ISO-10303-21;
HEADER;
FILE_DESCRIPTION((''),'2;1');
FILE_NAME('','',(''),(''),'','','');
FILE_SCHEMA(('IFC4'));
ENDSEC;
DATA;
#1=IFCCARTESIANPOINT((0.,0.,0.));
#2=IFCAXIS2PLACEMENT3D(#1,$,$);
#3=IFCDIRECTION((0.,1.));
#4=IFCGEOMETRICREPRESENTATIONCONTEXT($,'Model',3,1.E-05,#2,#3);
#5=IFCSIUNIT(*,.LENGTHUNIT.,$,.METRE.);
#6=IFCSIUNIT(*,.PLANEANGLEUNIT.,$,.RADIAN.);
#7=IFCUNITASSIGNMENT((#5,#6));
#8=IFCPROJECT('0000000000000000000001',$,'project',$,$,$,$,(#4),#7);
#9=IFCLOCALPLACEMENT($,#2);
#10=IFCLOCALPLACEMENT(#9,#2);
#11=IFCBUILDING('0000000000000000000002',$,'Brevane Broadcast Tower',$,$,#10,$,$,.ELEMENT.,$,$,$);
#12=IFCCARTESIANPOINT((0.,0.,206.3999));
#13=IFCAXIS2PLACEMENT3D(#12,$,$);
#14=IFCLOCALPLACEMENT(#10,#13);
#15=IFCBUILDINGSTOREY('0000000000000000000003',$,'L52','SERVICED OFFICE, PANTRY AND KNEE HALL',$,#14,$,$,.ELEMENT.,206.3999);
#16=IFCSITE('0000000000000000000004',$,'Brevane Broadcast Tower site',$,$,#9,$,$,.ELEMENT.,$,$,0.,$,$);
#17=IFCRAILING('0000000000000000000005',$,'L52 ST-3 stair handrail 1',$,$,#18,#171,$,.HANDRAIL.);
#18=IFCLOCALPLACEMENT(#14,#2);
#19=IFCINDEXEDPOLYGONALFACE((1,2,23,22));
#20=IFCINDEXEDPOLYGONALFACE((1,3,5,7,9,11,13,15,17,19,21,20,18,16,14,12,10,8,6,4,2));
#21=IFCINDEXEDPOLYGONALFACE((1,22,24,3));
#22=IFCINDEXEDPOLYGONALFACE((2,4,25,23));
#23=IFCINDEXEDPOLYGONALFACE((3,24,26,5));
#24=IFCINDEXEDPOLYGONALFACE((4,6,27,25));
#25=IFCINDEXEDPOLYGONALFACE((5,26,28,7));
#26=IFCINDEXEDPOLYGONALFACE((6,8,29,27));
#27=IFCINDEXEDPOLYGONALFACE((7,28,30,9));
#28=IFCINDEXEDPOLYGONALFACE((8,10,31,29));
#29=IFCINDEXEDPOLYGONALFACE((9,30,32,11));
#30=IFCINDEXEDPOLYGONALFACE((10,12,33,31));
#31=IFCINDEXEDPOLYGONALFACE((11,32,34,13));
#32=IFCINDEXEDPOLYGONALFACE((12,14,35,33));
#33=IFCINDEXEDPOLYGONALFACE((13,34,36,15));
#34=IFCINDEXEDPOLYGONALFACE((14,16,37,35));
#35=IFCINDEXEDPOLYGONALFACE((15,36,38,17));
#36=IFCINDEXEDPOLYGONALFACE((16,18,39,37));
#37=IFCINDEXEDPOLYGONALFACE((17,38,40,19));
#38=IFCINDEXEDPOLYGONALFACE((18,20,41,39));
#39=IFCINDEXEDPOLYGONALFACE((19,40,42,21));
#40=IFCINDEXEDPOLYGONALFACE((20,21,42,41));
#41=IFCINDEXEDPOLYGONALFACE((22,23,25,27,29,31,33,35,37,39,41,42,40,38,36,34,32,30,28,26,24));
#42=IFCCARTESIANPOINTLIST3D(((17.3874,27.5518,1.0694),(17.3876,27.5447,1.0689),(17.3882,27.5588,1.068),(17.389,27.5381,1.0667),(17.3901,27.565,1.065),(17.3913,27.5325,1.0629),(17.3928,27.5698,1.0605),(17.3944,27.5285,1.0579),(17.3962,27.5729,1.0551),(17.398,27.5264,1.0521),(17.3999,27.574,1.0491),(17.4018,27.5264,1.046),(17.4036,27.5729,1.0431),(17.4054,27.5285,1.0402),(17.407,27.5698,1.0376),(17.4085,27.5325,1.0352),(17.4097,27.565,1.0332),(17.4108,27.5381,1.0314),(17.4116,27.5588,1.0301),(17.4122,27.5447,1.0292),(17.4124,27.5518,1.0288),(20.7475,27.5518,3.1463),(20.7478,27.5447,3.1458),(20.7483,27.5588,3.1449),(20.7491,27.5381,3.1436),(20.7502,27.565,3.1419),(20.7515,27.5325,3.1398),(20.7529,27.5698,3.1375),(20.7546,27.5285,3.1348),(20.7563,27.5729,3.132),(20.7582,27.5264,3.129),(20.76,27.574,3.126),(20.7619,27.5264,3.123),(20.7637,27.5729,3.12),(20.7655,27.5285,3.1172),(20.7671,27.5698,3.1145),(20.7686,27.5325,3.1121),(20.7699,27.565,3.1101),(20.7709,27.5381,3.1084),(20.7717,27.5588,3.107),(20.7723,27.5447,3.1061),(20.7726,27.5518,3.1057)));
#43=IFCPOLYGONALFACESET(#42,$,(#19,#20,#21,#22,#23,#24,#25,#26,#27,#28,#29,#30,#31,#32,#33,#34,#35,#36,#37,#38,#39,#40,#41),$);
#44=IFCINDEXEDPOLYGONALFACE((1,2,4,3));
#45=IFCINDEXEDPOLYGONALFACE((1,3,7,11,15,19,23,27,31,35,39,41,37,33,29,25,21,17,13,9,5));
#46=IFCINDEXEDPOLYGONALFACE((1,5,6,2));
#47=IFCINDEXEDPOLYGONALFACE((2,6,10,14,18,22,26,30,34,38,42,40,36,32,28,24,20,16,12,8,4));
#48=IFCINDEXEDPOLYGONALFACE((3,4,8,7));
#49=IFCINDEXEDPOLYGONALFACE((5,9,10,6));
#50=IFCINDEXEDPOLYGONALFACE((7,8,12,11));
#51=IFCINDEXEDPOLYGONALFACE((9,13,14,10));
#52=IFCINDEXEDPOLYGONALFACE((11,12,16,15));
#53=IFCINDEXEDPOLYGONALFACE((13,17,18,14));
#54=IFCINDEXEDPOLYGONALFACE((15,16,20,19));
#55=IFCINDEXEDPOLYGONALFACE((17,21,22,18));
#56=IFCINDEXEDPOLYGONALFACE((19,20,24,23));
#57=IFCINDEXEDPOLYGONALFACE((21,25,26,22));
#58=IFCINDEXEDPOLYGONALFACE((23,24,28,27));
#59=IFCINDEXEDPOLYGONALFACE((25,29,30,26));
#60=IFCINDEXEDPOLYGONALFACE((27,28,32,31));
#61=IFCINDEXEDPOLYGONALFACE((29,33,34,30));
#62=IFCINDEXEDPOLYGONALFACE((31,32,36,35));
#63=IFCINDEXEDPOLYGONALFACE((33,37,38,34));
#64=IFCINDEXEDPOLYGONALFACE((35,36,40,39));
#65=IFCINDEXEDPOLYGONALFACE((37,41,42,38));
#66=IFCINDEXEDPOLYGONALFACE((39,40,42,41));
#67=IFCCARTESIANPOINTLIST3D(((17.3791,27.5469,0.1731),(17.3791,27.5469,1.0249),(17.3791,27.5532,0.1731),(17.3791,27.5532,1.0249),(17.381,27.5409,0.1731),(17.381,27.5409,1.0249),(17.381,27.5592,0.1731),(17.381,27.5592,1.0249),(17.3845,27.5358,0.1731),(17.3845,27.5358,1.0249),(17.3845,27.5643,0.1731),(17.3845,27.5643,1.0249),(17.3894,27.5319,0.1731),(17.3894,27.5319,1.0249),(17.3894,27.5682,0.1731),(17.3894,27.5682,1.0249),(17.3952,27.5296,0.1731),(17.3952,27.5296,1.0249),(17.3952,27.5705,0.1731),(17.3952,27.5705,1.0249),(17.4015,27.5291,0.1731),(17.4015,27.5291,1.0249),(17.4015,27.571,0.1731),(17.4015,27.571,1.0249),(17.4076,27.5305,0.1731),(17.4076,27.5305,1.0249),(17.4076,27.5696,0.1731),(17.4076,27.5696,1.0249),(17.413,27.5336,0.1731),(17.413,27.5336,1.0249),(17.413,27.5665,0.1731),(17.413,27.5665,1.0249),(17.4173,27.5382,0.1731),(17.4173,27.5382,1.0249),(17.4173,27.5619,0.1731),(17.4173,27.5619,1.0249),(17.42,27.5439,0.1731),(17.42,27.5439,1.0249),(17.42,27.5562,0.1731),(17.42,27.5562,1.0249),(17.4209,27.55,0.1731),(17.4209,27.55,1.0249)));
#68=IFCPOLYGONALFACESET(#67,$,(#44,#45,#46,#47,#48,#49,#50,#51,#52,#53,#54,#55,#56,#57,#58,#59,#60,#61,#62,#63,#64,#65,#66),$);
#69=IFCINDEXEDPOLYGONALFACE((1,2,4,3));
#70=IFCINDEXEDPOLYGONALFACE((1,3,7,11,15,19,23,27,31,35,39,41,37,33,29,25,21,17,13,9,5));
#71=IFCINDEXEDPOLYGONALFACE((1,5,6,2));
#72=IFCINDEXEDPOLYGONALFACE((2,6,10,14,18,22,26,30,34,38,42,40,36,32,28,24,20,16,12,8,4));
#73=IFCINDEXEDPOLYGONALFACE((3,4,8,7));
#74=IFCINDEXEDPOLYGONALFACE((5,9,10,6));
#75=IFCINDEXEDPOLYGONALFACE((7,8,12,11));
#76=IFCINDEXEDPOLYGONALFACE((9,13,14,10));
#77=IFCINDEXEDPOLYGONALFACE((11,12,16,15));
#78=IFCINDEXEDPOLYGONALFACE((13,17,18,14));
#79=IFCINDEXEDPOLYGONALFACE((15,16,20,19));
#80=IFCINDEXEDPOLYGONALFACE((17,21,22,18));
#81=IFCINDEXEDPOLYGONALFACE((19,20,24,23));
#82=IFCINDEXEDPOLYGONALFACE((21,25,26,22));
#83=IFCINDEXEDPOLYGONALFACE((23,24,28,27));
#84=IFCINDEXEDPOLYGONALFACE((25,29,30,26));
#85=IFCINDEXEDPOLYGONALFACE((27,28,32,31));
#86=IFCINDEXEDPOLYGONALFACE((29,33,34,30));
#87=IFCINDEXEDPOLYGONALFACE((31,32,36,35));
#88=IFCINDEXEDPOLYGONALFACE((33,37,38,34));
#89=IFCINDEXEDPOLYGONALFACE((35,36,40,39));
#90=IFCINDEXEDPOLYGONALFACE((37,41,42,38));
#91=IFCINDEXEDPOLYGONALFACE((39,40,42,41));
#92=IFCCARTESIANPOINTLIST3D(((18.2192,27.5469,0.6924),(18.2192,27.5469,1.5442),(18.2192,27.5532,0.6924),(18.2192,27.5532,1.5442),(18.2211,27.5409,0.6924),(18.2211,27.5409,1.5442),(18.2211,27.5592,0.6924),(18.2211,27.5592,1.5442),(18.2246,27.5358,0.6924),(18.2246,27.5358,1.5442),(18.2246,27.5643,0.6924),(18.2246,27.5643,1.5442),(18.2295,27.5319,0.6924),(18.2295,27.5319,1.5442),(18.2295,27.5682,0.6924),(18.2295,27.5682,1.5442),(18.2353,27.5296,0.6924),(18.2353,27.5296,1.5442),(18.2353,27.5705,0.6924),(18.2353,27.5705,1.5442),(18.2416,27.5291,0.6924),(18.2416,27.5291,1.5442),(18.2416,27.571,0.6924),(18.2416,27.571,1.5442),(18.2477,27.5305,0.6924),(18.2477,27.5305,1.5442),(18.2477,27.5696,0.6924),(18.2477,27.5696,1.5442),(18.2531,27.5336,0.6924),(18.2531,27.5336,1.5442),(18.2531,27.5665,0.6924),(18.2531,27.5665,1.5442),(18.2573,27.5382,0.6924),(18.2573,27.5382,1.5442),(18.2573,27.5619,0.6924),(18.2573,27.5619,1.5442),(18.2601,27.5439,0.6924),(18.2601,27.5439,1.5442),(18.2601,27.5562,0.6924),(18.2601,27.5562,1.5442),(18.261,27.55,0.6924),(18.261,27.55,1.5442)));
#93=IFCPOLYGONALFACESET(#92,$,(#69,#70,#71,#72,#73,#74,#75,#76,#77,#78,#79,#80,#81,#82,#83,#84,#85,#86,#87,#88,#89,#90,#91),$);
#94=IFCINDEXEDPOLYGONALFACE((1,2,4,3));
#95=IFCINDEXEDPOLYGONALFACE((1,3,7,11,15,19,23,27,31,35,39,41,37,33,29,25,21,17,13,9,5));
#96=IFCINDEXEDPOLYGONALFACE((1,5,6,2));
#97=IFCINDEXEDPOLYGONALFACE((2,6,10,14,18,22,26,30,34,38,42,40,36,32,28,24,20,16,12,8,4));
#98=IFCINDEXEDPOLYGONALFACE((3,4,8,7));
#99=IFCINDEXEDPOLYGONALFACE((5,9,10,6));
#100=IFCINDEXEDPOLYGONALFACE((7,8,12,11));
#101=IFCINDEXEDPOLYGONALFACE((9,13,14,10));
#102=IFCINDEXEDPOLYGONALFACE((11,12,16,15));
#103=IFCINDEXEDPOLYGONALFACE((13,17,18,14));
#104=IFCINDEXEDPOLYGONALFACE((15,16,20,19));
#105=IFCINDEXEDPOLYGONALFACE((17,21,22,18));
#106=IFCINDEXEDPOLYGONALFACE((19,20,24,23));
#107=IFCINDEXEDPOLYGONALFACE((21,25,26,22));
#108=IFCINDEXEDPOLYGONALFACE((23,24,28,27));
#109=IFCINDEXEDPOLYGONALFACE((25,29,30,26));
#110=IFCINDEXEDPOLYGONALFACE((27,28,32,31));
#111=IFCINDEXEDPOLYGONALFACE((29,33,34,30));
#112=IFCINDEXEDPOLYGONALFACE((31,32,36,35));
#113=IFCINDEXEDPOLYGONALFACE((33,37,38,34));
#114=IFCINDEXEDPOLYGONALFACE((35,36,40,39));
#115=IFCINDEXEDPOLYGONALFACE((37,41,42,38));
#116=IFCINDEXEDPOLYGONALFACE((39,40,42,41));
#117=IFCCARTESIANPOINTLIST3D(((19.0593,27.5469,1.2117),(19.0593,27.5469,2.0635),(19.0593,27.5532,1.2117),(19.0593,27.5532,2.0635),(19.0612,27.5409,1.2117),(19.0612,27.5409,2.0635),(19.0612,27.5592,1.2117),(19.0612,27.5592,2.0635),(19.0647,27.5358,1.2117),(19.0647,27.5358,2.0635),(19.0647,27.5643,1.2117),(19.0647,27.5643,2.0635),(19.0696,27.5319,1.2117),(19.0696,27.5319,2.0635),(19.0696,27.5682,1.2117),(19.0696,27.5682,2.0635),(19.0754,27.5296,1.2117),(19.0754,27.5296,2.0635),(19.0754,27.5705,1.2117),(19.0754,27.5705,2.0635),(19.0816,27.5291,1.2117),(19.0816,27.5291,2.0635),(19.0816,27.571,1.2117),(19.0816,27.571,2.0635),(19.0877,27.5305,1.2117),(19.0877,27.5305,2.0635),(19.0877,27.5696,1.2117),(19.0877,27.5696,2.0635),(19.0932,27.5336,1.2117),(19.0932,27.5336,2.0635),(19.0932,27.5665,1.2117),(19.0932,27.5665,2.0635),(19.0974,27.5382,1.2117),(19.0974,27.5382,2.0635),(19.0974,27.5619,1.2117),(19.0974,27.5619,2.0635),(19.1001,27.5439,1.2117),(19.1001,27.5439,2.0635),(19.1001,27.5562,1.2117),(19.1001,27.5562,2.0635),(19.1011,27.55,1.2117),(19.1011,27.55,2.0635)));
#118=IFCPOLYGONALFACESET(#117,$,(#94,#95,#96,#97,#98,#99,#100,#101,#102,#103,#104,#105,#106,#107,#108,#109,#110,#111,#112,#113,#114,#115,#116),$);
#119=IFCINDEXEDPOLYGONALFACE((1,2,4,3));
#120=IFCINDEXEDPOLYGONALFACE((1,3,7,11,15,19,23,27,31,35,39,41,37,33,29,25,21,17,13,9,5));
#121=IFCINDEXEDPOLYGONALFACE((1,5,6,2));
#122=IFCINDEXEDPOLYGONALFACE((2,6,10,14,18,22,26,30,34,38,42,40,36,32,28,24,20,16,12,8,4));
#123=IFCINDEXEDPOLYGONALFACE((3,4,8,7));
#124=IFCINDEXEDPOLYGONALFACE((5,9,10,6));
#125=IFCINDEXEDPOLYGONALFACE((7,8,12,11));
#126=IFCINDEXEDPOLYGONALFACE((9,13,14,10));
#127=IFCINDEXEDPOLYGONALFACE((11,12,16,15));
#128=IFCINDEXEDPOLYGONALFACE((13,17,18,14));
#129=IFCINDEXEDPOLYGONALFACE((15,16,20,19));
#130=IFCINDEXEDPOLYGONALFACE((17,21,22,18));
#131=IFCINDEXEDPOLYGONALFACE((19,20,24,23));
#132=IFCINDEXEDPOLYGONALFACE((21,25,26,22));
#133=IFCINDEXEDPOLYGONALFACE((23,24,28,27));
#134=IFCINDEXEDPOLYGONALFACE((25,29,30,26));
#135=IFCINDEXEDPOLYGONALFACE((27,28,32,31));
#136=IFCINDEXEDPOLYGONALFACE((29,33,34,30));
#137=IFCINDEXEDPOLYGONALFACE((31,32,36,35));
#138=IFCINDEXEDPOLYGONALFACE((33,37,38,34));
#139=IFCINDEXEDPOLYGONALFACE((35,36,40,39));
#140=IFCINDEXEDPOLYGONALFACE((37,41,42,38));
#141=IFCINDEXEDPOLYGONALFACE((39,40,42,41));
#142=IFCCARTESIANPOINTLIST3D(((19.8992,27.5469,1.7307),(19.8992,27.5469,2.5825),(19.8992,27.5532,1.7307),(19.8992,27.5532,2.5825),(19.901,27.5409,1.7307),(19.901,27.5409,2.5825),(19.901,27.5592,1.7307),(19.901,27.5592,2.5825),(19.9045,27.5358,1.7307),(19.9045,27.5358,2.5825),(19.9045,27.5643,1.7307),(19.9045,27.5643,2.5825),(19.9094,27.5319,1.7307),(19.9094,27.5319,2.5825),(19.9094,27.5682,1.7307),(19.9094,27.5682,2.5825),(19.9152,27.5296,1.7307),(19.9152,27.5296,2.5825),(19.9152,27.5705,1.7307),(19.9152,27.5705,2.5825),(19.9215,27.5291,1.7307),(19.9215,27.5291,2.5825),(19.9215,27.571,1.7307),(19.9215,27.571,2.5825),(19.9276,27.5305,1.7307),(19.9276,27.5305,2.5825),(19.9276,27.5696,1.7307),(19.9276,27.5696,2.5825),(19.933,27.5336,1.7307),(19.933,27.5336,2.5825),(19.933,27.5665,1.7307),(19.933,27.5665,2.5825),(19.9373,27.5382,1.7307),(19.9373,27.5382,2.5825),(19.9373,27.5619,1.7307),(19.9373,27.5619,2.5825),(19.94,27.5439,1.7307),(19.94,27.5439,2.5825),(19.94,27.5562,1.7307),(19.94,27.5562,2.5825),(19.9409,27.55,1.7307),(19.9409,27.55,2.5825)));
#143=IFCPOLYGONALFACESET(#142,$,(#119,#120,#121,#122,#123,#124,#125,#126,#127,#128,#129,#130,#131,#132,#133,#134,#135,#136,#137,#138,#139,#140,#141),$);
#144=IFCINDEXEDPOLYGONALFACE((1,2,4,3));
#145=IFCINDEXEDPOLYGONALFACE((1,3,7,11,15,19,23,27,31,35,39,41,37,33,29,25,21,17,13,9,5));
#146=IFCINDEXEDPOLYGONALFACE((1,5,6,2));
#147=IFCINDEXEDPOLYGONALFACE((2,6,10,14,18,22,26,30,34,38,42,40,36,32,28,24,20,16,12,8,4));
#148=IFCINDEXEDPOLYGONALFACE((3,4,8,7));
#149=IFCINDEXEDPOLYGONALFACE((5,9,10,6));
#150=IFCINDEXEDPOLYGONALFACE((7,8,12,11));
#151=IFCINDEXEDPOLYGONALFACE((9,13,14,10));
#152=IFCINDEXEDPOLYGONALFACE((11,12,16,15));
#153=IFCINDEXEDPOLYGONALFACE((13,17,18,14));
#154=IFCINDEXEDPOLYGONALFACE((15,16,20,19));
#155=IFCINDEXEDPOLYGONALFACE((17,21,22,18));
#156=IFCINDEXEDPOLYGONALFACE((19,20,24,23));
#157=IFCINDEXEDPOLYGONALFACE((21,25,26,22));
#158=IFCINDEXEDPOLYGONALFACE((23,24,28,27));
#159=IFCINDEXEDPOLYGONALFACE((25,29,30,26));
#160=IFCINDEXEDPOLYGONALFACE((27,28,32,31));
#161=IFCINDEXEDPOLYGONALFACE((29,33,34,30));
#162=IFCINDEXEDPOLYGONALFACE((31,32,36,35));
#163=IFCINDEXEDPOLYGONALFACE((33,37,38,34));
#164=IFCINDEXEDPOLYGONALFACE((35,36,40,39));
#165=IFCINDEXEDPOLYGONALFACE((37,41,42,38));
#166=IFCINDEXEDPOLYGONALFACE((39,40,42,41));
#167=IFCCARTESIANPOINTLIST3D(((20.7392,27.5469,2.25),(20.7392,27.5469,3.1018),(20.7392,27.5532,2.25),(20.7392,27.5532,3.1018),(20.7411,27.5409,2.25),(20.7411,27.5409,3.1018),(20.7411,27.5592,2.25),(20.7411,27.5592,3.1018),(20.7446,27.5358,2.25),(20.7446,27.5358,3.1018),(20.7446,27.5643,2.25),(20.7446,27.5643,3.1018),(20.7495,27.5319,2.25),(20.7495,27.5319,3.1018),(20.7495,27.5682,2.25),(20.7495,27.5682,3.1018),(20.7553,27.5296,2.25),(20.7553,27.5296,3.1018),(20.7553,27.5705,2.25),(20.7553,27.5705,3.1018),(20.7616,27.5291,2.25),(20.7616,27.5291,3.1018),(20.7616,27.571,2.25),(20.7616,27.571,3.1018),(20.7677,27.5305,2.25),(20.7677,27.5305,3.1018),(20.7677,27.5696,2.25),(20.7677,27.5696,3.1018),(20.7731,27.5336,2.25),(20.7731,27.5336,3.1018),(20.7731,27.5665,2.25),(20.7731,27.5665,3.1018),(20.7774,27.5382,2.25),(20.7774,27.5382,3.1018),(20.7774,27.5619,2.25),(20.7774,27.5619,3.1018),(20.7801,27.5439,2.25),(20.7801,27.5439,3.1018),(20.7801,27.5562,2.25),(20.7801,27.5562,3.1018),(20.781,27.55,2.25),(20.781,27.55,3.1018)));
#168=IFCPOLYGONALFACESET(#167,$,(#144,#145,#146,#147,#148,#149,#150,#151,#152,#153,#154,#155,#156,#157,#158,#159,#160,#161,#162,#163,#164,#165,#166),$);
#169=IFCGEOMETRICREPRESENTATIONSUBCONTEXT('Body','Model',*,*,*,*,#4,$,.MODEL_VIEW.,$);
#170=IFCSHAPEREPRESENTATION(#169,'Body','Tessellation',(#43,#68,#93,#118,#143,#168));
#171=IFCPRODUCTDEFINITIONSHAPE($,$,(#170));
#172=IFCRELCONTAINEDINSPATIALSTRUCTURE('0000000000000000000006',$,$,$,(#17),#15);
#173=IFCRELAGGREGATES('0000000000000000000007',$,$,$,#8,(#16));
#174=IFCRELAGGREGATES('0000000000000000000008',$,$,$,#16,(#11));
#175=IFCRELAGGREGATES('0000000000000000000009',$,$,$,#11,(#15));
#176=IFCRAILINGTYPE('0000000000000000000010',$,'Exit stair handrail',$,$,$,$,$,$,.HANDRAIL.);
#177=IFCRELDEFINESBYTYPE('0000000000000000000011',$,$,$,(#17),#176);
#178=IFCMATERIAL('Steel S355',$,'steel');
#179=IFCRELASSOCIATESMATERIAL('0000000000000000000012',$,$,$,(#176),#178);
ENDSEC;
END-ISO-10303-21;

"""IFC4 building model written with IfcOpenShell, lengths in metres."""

from ifc_helpers import new_model, si_unit, direction, frame, origin, origin_2d, place, context, subcontext, project, spatial, circle, extrude, material, type_object, element, save


model = new_model("IFC4")

# Units and contexts
model_context = context("Model", 3, precision=1e-05, world=origin(), true_north=direction((0.0, 1.0)))
body_context = subcontext(model_context, "Body", "Model", "MODEL_VIEW")
ifc_project = project(units=[si_unit("LENGTHUNIT", "METRE"), si_unit("PLANEANGLEUNIT", "RADIAN")], contexts=[model_context])

# Site, building, storey
site_placement = place(None, origin())
site = spatial("IfcSite", under=ifc_project, at=site_placement, Name="Brevane Broadcast Tower site", CompositionType="ELEMENT", RefElevation=0.0)
building_placement = place(site_placement, origin())
building = spatial("IfcBuilding", under=site, at=building_placement, Name="Brevane Broadcast Tower", CompositionType="ELEMENT")
storey_placement = place(building_placement, frame((0.0, 0.0, 206.3999)))
storey = spatial("IfcBuildingStorey", under=building, at=storey_placement, Name="L52", Description="SERVICED OFFICE, PANTRY AND KNEE HALL", CompositionType="ELEMENT", Elevation=206.3999)

# Railing
ifc_material_1 = material(Name="Steel S355", Category="steel")
railing_type_1 = type_object("IfcRailingType", Name="Exit stair handrail", PredefinedType="HANDRAIL", material=ifc_material_1)
railing_1_placement = place(storey_placement, frame((17.3999, 27.55, 0.1731)))
element("IfcRailing", 1, at=railing_1_placement, inside=storey, type_object=railing_type_1, Name="L52 ST-3 stair handrail 1", PredefinedType="HANDRAIL", context=body_context, shape_type="SweptSolid", body=[
    extrude(circle(Radius=0.0239, at=origin_2d()), frame((0.0, 0.0, 0.876), z_axis=(0.850623, 0.0, 0.525776), x_axis=(0.0, 1.0, 0.0)), (0.0, 0.0, 1.0), 3.9502),
    extrude(circle(Radius=0.021, at=origin_2d()), origin(), (0.0, 0.0, 1.0), 0.8518),
    extrude(circle(Radius=0.021, at=origin_2d()), frame((0.8401, 0.0, 0.5193)), (0.0, 0.0, 1.0), 0.8518),
    extrude(circle(Radius=0.021, at=origin_2d()), frame((1.6802, 0.0, 1.0386)), (0.0, 0.0, 1.0), 0.8518),
    extrude(circle(Radius=0.021, at=origin_2d()), frame((2.52, 0.0, 1.5576)), (0.0, 0.0, 1.0), 0.8518),
    extrude(circle(Radius=0.021, at=origin_2d()), frame((3.3601, 0.0, 2.0769)), (0.0, 0.0, 1.0), 0.8518),
])

save(model, "model.ifc")
